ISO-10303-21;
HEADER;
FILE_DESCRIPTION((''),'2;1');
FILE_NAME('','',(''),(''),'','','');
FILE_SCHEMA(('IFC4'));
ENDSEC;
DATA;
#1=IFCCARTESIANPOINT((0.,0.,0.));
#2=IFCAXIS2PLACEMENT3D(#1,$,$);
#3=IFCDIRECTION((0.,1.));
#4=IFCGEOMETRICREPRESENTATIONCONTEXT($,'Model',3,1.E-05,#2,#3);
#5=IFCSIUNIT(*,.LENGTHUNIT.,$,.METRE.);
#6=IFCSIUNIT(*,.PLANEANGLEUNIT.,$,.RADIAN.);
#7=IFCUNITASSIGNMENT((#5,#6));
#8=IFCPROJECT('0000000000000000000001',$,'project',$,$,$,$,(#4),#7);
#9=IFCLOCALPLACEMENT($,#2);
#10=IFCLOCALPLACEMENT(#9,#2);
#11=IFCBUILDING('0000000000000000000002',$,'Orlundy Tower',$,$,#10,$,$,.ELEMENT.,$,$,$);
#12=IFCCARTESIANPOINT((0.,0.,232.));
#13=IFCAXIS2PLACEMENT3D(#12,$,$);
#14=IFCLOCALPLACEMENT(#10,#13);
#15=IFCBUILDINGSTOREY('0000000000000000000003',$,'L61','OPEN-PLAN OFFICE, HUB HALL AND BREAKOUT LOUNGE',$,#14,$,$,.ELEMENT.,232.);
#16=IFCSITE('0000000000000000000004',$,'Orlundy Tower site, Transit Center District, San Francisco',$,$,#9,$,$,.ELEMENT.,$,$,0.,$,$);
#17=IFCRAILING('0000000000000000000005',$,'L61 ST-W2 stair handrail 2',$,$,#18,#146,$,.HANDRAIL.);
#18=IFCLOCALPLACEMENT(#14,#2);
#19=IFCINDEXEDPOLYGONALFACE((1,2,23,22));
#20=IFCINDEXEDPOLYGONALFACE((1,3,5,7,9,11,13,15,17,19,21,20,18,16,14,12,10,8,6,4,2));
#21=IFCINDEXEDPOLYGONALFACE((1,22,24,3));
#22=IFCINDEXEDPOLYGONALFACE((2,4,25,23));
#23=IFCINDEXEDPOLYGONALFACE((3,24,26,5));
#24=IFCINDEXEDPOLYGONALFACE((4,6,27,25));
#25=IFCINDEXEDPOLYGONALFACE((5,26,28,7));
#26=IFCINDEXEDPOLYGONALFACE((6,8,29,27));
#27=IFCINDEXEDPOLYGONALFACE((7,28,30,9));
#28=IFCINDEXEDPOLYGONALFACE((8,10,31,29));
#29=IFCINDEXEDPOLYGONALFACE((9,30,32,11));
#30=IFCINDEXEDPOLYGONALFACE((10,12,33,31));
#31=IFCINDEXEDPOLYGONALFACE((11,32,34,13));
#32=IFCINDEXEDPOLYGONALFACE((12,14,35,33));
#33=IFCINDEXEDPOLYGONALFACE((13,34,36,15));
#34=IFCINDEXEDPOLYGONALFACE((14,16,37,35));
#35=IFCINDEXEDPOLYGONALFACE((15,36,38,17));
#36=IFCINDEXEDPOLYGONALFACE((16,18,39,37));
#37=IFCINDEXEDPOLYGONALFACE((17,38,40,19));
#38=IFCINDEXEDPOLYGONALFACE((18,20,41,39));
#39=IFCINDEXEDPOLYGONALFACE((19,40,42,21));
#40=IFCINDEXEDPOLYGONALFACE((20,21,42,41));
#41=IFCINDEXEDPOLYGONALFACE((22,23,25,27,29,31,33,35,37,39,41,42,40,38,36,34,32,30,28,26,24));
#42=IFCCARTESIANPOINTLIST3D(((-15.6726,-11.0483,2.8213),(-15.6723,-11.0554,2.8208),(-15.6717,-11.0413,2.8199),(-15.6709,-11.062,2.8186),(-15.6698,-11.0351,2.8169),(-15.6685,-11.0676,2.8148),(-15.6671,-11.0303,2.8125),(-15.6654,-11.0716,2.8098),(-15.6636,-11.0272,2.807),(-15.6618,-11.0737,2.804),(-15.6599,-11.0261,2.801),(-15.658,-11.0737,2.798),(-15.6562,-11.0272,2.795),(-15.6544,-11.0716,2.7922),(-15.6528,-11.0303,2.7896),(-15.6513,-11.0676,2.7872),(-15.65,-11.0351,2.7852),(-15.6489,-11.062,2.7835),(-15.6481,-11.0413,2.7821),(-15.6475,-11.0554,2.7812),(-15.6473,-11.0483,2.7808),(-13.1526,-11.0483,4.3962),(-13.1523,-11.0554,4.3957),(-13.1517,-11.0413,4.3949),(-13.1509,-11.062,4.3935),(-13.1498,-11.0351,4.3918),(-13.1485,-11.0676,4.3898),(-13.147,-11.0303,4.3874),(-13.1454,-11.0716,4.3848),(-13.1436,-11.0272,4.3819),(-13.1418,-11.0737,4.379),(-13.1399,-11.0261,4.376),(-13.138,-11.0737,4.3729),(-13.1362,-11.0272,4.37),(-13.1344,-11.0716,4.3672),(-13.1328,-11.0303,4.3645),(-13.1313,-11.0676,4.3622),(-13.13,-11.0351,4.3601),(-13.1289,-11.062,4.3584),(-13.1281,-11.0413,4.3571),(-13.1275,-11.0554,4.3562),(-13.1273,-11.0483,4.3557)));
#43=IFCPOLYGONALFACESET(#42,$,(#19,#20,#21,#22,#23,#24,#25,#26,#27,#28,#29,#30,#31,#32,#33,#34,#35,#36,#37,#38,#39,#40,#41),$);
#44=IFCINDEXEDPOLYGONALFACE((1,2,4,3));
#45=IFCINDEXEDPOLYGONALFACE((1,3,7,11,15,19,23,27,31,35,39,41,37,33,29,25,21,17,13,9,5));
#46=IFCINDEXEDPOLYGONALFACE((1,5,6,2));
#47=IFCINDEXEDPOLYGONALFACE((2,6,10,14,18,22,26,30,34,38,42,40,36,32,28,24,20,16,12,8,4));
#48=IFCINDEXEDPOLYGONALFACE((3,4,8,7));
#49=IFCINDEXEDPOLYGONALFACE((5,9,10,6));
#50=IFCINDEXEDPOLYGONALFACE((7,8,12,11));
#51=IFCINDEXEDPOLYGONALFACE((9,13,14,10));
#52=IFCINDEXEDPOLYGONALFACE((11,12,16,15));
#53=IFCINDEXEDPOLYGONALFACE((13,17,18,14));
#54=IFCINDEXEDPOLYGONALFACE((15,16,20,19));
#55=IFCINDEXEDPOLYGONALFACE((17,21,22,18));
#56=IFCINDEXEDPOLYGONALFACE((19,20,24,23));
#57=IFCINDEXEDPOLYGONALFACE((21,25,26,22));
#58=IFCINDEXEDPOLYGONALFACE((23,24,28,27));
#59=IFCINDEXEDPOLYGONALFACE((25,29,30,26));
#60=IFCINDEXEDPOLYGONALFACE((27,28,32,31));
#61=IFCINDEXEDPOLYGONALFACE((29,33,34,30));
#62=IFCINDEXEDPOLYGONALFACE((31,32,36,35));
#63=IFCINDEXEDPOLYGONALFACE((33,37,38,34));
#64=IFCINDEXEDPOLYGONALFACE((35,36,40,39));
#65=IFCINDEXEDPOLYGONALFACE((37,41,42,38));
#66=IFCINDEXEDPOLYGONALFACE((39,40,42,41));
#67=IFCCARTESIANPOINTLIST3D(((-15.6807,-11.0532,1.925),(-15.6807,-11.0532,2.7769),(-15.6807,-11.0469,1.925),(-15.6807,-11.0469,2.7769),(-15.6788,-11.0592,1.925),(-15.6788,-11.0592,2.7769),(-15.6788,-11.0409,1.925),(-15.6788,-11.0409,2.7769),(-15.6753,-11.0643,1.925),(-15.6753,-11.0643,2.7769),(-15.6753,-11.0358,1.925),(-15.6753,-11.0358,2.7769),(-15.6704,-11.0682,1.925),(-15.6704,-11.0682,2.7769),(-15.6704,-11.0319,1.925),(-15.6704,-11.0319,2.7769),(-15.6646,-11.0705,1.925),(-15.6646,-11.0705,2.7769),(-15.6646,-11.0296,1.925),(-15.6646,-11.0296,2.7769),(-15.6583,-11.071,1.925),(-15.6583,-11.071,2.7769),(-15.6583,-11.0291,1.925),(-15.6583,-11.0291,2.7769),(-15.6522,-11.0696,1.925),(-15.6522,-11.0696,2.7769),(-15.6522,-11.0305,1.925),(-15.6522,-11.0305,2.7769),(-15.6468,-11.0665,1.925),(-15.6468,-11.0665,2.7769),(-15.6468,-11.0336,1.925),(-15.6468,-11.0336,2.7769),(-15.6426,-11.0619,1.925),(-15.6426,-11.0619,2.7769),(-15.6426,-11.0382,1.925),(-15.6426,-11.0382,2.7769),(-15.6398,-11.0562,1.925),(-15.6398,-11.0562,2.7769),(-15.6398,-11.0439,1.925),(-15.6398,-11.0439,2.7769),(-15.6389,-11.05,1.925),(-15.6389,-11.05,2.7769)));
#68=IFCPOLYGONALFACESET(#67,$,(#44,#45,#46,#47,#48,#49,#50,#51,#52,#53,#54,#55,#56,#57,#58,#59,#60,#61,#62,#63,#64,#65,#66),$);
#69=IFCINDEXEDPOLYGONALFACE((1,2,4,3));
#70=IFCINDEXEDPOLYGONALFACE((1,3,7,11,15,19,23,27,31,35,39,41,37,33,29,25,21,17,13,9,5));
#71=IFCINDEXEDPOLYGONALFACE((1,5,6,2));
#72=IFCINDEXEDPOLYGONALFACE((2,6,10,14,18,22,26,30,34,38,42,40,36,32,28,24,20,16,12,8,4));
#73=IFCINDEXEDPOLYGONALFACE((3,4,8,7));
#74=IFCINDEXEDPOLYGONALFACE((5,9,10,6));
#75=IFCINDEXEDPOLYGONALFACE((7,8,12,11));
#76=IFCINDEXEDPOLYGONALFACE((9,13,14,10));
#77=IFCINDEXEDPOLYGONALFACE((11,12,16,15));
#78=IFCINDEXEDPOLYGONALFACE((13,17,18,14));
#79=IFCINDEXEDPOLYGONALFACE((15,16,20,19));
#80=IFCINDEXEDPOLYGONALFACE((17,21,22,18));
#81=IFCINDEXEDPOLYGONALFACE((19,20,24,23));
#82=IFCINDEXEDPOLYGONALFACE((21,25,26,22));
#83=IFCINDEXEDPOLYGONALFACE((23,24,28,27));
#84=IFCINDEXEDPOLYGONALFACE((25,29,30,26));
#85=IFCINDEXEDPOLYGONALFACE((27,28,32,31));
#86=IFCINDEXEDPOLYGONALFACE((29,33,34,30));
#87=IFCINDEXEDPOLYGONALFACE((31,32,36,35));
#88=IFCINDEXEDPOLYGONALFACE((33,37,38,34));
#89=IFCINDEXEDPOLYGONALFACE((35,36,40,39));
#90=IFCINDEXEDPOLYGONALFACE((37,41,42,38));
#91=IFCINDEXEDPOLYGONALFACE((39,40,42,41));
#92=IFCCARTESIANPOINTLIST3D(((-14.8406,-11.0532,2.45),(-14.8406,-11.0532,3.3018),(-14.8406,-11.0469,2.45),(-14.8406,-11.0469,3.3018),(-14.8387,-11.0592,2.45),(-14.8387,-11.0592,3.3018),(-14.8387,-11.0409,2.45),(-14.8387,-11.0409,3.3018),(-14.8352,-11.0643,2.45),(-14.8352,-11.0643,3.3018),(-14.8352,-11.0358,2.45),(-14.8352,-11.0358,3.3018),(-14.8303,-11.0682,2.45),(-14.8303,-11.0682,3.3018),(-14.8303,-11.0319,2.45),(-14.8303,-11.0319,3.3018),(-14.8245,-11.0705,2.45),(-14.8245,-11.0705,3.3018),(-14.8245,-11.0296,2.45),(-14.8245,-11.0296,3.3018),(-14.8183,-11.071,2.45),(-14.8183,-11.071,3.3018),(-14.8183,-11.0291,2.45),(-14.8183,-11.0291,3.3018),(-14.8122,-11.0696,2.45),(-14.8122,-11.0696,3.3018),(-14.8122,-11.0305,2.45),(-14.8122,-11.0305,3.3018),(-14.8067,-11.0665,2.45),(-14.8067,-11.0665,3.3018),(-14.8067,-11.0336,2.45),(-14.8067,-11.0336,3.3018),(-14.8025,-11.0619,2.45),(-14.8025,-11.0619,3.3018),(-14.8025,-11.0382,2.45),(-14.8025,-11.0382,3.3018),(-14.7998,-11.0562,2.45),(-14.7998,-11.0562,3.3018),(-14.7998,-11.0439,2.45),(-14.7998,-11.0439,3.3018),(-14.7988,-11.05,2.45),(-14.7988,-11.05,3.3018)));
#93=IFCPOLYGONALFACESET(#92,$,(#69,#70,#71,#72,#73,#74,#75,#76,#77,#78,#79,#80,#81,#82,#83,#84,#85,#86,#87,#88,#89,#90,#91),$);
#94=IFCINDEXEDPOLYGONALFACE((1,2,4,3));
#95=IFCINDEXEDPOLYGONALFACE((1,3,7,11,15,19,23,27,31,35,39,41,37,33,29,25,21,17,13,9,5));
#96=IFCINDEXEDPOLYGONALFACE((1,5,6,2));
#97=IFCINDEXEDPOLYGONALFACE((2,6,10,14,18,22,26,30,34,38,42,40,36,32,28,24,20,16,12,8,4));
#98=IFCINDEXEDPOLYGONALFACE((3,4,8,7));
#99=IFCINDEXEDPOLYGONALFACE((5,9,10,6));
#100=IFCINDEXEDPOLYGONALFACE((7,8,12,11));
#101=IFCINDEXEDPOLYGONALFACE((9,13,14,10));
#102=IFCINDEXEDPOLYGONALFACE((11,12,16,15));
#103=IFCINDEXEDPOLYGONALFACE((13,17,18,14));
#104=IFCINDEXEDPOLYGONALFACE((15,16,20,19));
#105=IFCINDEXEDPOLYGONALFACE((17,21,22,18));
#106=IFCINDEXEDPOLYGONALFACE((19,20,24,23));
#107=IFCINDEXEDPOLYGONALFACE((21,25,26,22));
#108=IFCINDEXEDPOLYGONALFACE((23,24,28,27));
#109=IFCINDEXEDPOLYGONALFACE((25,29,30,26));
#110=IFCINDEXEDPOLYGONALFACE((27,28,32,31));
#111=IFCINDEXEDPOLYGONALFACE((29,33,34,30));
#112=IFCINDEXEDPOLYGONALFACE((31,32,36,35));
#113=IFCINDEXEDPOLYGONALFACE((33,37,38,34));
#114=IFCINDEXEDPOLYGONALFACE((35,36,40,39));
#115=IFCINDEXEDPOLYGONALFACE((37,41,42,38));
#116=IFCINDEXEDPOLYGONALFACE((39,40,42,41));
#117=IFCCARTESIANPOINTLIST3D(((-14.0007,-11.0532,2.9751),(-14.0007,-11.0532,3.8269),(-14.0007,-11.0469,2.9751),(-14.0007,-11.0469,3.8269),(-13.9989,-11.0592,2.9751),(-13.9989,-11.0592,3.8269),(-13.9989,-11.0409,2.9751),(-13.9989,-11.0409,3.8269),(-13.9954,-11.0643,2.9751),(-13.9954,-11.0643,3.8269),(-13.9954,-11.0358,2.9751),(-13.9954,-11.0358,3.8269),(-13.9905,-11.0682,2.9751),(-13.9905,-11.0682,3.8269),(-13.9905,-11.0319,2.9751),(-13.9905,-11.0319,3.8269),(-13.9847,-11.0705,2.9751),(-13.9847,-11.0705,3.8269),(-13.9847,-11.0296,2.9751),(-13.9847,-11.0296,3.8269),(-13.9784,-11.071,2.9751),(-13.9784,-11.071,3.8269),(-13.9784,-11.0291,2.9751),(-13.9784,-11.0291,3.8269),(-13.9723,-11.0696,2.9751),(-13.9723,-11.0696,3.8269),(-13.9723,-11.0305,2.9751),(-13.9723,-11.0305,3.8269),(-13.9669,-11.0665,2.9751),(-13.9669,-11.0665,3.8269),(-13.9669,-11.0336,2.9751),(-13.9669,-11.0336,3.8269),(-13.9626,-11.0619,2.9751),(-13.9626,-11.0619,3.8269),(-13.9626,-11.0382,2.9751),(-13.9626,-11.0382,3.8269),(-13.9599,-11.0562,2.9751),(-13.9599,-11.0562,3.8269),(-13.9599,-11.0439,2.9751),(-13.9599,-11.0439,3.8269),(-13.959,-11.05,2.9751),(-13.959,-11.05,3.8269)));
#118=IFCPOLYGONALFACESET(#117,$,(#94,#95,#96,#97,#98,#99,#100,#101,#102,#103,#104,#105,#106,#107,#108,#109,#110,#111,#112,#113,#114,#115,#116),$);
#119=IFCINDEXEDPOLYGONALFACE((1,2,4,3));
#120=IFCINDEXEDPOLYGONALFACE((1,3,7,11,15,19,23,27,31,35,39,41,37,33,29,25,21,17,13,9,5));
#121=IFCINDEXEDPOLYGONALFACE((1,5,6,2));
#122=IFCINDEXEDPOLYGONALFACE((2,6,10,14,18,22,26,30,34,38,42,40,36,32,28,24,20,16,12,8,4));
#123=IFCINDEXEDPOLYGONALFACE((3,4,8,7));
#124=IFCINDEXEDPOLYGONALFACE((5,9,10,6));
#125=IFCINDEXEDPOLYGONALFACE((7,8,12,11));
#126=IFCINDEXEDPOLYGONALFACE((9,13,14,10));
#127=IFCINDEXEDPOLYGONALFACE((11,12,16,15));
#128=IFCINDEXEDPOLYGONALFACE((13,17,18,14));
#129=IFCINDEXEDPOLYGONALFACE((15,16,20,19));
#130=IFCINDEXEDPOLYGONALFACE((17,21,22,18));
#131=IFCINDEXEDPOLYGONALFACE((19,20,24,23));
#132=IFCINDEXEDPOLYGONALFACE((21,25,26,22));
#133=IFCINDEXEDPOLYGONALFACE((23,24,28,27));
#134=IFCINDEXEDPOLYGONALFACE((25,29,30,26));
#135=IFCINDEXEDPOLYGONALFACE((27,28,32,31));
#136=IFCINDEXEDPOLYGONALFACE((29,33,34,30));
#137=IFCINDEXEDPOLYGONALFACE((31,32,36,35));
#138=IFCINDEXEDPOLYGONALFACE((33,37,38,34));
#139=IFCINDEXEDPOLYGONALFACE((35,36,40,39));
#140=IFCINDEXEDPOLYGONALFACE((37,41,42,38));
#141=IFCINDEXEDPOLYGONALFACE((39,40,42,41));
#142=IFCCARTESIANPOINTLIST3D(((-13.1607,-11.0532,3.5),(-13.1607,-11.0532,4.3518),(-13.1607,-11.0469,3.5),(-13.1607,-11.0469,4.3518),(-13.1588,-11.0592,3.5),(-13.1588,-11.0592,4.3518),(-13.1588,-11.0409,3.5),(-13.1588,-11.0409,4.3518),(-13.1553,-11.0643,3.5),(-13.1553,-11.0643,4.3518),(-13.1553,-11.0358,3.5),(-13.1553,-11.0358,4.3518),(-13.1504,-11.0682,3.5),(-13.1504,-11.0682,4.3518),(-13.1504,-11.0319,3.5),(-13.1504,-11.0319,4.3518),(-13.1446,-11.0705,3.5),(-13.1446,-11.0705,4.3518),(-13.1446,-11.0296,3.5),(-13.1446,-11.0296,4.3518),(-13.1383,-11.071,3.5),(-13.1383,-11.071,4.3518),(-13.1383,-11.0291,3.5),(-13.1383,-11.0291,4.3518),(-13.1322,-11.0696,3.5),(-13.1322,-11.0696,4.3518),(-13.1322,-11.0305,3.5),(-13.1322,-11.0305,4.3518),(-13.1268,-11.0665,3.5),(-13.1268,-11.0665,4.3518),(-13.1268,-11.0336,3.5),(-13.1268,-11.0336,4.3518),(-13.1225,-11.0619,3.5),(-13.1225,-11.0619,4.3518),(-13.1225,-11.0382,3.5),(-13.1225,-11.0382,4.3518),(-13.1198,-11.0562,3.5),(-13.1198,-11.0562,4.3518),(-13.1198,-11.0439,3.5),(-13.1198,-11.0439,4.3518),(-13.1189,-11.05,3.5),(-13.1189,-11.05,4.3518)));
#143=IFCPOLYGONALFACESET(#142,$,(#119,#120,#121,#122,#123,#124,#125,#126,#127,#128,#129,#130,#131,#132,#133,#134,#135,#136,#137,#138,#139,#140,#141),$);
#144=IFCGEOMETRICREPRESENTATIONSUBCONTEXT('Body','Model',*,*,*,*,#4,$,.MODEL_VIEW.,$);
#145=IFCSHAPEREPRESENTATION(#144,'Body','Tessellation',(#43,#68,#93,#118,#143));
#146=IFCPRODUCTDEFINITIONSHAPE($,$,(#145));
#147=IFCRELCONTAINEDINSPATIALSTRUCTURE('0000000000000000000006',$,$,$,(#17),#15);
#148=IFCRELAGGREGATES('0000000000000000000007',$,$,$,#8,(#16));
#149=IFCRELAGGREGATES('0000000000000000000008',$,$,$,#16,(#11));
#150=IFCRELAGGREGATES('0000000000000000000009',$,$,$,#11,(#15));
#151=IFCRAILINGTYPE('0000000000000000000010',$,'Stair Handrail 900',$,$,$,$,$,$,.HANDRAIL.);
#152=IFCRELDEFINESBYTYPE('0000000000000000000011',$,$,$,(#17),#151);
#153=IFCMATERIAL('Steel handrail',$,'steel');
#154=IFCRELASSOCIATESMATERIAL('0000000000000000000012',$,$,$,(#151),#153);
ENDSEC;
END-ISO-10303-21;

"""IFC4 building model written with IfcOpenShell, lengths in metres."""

from ifc_helpers import new_model, si_unit, direction, frame, origin, origin_2d, place, context, subcontext, project, spatial, circle, extrude, material, type_object, element, save


model = new_model("IFC4")

# Units and contexts
model_context = context("Model", 3, precision=1e-05, world=origin(), true_north=direction((0.0, 1.0)))
body_context = subcontext(model_context, "Body", "Model", "MODEL_VIEW")
ifc_project = project(units=[si_unit("LENGTHUNIT", "METRE"), si_unit("PLANEANGLEUNIT", "RADIAN")], contexts=[model_context])

# Site, building, storey
site_placement = place(None, origin())
site = spatial("IfcSite", under=ifc_project, at=site_placement, Name="Orlundy Tower site, Transit Center District, San Francisco", CompositionType="ELEMENT", RefElevation=0.0)
building_placement = place(site_placement, origin())
building = spatial("IfcBuilding", under=site, at=building_placement, Name="Orlundy Tower", CompositionType="ELEMENT")
storey_placement = place(building_placement, frame((0.0, 0.0, 232.0)))
storey = spatial("IfcBuildingStorey", under=building, at=storey_placement, Name="L61", Description="OPEN-PLAN OFFICE, HUB HALL AND BREAKOUT LOUNGE", CompositionType="ELEMENT", Elevation=232.0)

# Railing
ifc_material_1 = material(Name="Steel handrail", Category="steel")
railing_type_1 = type_object("IfcRailingType", Name="Stair Handrail 900", PredefinedType="HANDRAIL", material=ifc_material_1)
railing_1_placement = place(storey_placement, frame((-15.6599, -11.05, 1.925)))
element("IfcRailing", 1, at=railing_1_placement, inside=storey, type_object=railing_type_1, Name="L61 ST-W2 stair handrail 2", PredefinedType="HANDRAIL", context=body_context, shape_type="SweptSolid", body=[
    extrude(circle(Radius=0.0239, at=origin_2d()), frame((0.0, 0.0, 0.876), z_axis=(0.848008, 0.0, 0.529984), x_axis=(0.0, 1.0, 0.0)), (0.0, 0.0, 1.0), 2.9717),
    extrude(circle(Radius=0.021, at=origin_2d()), origin(), (0.0, 0.0, 1.0), 0.8518),
    extrude(circle(Radius=0.021, at=origin_2d()), frame((0.8401, 0.0, 0.5249)), (0.0, 0.0, 1.0), 0.8518),
    extrude(circle(Radius=0.021, at=origin_2d()), frame((1.6799, 0.0, 1.05)), (0.0, 0.0, 1.0), 0.8518),
    extrude(circle(Radius=0.021, at=origin_2d()), frame((2.52, 0.0, 1.575)), (0.0, 0.0, 1.0), 0.8518),
])

save(model, "model.ifc")
